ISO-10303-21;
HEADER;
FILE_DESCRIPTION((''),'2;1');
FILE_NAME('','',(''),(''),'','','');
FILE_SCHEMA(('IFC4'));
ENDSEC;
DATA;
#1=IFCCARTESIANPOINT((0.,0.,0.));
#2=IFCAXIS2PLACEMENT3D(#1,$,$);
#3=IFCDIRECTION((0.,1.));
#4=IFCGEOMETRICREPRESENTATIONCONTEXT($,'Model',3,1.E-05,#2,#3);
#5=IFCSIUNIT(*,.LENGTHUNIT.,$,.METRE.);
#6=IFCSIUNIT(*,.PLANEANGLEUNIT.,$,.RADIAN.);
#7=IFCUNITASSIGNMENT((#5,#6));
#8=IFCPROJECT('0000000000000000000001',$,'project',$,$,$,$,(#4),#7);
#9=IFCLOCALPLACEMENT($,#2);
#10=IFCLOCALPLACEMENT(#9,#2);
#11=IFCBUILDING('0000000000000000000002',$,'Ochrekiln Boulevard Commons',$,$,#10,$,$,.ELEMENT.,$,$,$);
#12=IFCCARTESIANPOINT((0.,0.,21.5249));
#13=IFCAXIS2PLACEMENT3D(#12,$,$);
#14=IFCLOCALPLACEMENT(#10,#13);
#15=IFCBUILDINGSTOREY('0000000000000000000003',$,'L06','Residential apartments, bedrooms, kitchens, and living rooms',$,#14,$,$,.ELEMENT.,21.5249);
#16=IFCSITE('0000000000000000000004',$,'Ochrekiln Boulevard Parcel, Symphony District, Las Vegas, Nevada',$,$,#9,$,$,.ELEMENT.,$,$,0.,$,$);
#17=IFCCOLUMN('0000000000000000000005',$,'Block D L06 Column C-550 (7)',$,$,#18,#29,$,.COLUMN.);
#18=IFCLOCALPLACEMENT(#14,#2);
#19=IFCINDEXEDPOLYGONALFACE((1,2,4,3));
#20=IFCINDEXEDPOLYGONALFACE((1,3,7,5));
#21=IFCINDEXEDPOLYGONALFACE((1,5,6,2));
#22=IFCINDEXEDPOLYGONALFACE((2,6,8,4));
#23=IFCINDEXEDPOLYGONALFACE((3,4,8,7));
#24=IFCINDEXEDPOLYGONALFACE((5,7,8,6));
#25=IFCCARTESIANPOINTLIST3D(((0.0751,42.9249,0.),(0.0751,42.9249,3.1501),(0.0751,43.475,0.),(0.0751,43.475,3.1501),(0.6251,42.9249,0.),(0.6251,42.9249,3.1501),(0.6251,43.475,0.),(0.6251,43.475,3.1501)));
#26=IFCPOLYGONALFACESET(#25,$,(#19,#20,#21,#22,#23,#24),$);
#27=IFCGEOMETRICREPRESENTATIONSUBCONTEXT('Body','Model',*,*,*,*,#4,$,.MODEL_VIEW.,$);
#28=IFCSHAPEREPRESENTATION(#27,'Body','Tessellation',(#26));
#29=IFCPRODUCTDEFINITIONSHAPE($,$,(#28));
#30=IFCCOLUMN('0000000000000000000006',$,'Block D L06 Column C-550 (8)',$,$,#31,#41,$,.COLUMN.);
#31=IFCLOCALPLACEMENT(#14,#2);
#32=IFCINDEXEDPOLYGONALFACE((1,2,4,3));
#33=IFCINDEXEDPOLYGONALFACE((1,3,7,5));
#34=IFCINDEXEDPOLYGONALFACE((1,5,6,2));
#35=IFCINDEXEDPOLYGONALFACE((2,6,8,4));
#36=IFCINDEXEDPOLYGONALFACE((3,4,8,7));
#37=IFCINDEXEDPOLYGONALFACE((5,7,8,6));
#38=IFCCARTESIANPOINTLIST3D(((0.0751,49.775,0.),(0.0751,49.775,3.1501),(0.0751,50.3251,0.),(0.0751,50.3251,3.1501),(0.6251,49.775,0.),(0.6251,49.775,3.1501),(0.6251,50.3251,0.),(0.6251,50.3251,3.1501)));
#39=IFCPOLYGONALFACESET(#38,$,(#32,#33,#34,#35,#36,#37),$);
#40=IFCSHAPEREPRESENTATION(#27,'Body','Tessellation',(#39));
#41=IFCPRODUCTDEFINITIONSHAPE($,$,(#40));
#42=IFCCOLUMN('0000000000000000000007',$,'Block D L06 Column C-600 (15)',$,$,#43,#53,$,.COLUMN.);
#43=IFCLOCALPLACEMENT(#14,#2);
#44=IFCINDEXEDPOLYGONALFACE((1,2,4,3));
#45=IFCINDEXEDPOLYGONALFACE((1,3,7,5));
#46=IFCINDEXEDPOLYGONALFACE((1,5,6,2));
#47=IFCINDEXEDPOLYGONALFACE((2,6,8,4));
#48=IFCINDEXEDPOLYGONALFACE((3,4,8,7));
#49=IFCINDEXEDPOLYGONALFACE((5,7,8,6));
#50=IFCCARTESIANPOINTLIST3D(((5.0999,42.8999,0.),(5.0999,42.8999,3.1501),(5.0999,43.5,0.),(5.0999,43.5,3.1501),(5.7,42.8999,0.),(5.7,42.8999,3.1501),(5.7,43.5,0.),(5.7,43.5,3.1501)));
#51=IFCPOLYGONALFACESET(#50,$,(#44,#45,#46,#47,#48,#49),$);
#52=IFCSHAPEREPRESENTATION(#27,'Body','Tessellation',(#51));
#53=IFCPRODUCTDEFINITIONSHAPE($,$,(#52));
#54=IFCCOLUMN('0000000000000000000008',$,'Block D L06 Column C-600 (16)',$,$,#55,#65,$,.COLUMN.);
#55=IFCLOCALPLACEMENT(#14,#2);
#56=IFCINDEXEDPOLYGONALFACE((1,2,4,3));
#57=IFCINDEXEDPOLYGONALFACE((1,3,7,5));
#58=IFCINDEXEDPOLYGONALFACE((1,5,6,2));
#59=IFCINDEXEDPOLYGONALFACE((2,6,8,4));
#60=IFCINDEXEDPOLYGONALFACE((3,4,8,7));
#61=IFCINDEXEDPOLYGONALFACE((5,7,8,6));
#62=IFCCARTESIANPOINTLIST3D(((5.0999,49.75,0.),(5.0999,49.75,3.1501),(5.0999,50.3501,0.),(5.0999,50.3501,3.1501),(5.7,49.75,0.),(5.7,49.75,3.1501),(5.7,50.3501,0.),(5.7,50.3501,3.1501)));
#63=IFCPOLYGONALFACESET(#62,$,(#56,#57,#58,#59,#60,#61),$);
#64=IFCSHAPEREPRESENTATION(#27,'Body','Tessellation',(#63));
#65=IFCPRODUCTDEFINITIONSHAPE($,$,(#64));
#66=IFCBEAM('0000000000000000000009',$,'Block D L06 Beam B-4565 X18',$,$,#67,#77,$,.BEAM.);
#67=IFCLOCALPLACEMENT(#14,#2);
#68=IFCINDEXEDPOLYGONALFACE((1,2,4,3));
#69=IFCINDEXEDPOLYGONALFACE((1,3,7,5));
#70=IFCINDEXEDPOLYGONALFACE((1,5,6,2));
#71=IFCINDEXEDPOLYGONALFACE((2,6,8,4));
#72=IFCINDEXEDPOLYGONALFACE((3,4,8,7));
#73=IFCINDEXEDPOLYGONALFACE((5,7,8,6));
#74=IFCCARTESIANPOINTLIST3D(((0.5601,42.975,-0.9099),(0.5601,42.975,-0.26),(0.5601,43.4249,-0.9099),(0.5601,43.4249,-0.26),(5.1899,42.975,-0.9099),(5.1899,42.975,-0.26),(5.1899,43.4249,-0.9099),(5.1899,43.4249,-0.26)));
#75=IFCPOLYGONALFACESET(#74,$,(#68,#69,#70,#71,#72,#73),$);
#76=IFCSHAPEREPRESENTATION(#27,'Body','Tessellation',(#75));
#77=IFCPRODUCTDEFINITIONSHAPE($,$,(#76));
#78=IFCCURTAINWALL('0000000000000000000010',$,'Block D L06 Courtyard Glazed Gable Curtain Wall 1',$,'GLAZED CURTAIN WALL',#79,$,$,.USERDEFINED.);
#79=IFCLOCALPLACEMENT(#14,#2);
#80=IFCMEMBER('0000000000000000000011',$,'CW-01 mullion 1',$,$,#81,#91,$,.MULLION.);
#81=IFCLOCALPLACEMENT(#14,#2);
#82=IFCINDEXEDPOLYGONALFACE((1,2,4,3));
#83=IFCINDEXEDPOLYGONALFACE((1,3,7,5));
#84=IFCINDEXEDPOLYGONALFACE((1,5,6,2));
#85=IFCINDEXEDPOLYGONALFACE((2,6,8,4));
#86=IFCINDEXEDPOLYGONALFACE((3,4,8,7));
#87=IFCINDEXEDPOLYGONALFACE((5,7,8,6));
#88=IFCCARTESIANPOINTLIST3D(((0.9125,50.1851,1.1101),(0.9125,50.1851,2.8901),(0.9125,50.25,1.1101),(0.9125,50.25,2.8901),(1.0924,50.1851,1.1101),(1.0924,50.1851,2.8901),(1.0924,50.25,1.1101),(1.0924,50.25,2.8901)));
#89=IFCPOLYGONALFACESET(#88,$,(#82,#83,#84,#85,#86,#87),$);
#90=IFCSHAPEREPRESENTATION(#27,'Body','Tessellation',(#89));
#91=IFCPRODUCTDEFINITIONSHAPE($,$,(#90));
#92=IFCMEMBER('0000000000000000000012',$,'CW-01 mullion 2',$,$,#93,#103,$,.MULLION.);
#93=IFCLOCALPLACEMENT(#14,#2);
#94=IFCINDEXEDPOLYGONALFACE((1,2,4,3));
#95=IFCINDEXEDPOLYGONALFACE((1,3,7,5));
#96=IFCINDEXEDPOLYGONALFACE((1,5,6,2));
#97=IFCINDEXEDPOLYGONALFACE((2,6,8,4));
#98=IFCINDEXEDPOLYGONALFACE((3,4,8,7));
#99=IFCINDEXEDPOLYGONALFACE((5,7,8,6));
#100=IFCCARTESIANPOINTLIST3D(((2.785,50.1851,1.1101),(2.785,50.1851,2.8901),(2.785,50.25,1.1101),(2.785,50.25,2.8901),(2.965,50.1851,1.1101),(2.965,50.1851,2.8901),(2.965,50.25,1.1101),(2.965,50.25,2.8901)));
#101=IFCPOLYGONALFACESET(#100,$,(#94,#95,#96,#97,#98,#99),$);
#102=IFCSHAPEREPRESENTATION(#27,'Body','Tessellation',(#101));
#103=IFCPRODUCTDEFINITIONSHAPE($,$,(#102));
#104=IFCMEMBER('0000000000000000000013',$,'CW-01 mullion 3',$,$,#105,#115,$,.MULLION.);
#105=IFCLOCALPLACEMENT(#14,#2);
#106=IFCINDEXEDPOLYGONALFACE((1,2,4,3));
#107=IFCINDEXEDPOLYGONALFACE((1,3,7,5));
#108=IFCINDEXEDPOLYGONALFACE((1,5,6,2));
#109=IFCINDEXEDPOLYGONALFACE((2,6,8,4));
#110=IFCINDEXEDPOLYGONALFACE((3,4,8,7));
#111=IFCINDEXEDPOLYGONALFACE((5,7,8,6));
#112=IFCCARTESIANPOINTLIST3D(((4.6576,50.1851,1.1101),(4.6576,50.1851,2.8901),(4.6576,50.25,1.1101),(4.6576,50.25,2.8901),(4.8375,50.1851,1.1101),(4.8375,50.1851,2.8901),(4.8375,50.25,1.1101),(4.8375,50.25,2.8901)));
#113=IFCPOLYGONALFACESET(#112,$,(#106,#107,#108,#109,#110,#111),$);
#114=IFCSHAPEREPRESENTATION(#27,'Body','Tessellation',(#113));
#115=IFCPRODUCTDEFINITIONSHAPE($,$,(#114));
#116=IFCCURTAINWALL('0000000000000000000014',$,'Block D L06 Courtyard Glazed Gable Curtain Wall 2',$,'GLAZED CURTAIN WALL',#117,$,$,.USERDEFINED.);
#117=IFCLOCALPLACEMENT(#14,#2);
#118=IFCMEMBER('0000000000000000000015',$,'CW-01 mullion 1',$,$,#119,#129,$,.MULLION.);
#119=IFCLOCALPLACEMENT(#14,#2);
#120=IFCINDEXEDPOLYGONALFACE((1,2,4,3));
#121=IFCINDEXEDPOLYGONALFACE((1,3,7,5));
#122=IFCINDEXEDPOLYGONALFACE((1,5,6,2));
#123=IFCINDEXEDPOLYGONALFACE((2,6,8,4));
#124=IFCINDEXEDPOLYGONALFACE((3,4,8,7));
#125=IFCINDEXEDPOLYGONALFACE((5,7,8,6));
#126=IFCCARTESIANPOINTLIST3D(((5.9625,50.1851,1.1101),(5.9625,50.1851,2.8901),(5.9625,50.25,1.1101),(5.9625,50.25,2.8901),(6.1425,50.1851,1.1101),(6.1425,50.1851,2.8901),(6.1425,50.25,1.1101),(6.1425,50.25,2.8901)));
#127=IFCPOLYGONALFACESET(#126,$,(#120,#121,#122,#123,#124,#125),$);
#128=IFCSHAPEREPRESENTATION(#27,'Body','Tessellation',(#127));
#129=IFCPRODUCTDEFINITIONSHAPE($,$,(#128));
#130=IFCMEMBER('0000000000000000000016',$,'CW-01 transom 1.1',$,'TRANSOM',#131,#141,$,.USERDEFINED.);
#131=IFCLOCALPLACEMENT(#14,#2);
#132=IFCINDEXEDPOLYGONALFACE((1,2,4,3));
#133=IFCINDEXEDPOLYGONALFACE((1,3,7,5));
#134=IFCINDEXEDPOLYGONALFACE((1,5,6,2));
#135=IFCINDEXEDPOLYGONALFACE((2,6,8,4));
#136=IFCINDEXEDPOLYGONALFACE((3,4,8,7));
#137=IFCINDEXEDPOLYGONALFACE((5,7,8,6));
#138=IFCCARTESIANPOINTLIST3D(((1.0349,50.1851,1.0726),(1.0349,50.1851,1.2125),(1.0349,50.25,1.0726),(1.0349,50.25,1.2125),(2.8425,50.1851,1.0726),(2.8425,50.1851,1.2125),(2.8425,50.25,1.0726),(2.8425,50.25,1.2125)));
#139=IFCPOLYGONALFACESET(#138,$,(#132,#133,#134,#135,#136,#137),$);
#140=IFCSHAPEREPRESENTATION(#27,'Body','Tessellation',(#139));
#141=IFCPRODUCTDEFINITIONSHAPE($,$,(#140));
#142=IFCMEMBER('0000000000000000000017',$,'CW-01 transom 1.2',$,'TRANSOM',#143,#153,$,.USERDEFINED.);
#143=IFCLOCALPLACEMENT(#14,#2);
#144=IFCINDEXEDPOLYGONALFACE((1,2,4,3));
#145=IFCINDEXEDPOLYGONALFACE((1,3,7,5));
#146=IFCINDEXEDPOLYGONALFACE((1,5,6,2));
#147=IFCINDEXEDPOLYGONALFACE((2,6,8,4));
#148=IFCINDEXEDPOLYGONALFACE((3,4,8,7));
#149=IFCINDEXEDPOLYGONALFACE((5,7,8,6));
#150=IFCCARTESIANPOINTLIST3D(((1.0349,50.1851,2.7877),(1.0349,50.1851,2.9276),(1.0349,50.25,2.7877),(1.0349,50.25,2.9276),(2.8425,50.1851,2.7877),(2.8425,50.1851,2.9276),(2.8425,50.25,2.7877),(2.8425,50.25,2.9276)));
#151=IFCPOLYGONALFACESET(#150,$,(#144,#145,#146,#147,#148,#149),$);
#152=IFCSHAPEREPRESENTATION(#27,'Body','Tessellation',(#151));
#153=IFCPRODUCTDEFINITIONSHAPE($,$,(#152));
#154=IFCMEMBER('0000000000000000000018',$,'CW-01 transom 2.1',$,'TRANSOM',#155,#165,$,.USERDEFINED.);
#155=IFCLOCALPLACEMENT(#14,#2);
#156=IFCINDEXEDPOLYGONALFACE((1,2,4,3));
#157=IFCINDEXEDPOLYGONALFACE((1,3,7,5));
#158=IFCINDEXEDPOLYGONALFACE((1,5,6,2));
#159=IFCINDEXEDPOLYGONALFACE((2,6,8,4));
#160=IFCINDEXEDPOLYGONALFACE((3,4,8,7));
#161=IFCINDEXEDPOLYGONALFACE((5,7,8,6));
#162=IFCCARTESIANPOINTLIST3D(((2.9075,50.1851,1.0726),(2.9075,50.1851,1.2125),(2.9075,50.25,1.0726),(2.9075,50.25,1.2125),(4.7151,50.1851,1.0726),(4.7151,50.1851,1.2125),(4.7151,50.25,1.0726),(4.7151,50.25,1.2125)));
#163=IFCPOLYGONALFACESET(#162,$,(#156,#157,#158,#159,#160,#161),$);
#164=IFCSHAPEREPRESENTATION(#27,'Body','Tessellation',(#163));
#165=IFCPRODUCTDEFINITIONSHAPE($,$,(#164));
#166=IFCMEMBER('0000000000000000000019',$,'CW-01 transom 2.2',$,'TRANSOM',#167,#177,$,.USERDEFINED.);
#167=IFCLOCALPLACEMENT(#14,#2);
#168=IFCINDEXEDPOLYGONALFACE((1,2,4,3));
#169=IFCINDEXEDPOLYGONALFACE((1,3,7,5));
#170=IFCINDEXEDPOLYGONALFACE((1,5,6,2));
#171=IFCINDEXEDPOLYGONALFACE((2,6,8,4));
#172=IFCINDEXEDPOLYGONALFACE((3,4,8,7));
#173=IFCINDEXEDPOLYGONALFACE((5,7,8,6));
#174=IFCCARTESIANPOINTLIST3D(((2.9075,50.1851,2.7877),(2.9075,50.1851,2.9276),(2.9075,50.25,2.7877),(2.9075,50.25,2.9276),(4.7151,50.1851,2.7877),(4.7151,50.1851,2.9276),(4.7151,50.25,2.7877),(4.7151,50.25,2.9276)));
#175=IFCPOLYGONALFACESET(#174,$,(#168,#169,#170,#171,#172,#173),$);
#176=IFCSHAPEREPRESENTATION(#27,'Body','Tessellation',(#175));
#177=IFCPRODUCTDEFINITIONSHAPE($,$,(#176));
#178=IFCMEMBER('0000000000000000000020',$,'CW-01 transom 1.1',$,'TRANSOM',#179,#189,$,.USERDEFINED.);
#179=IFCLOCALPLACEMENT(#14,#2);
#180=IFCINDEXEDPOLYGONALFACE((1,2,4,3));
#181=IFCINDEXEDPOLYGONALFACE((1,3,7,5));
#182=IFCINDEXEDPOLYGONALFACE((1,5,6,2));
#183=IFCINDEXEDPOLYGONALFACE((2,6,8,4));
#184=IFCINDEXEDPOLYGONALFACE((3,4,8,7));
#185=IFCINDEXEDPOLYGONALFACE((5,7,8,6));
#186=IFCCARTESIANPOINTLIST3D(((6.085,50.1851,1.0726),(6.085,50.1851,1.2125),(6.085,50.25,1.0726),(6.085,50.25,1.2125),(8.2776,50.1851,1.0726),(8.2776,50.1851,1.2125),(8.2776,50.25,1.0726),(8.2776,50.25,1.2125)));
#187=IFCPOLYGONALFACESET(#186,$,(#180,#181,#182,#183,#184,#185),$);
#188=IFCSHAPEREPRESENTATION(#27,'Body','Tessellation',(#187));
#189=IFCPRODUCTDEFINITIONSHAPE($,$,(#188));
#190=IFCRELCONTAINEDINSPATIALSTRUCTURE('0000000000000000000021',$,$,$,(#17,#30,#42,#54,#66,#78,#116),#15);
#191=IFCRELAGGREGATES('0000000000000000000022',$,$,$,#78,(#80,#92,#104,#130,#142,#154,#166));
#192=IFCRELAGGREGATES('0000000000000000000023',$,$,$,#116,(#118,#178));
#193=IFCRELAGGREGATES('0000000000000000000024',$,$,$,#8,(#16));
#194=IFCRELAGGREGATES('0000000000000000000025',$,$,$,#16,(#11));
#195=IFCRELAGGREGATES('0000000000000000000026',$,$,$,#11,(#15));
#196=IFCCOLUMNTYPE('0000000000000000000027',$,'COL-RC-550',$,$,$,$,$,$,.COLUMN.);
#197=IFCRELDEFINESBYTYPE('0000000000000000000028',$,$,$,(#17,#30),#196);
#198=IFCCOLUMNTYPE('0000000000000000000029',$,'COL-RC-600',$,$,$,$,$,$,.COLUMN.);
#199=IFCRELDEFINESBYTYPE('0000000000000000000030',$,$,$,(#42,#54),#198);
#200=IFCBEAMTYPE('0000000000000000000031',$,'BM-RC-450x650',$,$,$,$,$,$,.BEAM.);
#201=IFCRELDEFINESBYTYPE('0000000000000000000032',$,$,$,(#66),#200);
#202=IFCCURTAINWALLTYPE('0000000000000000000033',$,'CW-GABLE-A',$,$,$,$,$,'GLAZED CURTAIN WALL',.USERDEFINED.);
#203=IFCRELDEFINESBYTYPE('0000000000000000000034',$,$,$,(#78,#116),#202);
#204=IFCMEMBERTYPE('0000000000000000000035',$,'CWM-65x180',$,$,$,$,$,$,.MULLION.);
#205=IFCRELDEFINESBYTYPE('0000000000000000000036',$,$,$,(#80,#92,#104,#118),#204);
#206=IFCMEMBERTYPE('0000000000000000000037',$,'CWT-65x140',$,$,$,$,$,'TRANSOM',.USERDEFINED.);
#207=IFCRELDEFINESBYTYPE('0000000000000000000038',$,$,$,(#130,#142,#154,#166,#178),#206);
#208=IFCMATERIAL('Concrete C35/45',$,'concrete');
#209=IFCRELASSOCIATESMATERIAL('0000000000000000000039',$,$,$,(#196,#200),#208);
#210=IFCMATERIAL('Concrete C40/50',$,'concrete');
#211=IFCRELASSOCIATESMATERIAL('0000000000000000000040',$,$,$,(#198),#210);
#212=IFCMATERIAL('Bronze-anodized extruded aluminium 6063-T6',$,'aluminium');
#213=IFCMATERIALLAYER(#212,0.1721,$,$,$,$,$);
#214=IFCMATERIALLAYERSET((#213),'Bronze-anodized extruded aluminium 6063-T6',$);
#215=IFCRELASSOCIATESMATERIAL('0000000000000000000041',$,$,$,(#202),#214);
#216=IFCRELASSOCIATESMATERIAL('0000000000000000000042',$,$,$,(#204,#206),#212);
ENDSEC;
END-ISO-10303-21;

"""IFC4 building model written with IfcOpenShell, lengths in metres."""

from ifc_helpers import new_model, si_unit, direction, frame, origin, origin_2d, place, context, subcontext, project, spatial, rectangle, extrude, material, layer, layer_set, material_profile, profile_set, type_object, element, aggregate, save


model = new_model("IFC4")

# Units and contexts
model_context = context("Model", 3, precision=1e-05, world=origin(), true_north=direction((0.0, 1.0)))
body_context = subcontext(model_context, "Body", "Model", "MODEL_VIEW")
ifc_project = project(units=[si_unit("LENGTHUNIT", "METRE"), si_unit("PLANEANGLEUNIT", "RADIAN")], contexts=[model_context])

# Site, building, storey
site_placement = place(None, origin())
site = spatial("IfcSite", under=ifc_project, at=site_placement, Name="Ochrekiln Boulevard Parcel, Symphony District, Las Vegas, Nevada", CompositionType="ELEMENT", RefElevation=0.0)
building_placement = place(site_placement, origin())
building = spatial("IfcBuilding", under=site, at=building_placement, Name="Ochrekiln Boulevard Commons", CompositionType="ELEMENT")
storey_placement = place(building_placement, frame((0.0, 0.0, 21.5249)))
storey = spatial("IfcBuildingStorey", under=building, at=storey_placement, Name="L06", Description="Residential apartments, bedrooms, kitchens, and living rooms", CompositionType="ELEMENT", Elevation=21.5249)

# Columns
ifc_material_1 = material(Name="Concrete C35/45", Category="concrete")
ifc_material_profile_1 = material_profile(ifc_material_1, rectangle(XDim=0.55, YDim=0.55, at=origin_2d()), Name="RC-COL-550x550")
ifc_profile_set_1 = profile_set([ifc_material_profile_1], Name="Concrete C35/45")
column_type_1 = type_object("IfcColumnType", Name="COL-RC-550", PredefinedType="COLUMN", material=ifc_profile_set_1)
for number, where, z_axis, x_axis, name in (
    (1, (0.3501, 43.2, 0.0), (0.0, 0.0, 1.0), (1.0, 0.0, 0.0), "Block D L06 Column C-550 (7)"),
    (2, (0.3501, 50.05, 0.0), (0.0, 0.0, 1.0), (1.0, 0.0, 0.0), "Block D L06 Column C-550 (8)"),
):
    element("IfcColumn", number, at=place(storey_placement, frame(where, z_axis=z_axis, x_axis=x_axis)), inside=storey, type_object=column_type_1, Name=name, PredefinedType="COLUMN", context=body_context, shape_type="SweptSolid", body=[
        extrude(rectangle(XDim=0.55, YDim=0.55, at=origin_2d()), origin(), (0.0, 0.0, 1.0), 3.1501),
    ])
ifc_material_2 = material(Name="Concrete C40/50", Category="concrete")
ifc_material_profile_2 = material_profile(ifc_material_2, rectangle(XDim=0.6001, YDim=0.6001, at=origin_2d()), Name="RC-COL-600x600")
ifc_profile_set_2 = profile_set([ifc_material_profile_2], Name="Concrete C40/50")
column_type_2 = type_object("IfcColumnType", Name="COL-RC-600", PredefinedType="COLUMN", material=ifc_profile_set_2)
for number, where, z_axis, x_axis, name in (
    (3, (5.3999, 43.2, 0.0), (0.0, 0.0, 1.0), (1.0, 0.0, 0.0), "Block D L06 Column C-600 (15)"),
    (4, (5.3999, 50.05, 0.0), (0.0, 0.0, 1.0), (1.0, 0.0, 0.0), "Block D L06 Column C-600 (16)"),
):
    element("IfcColumn", number, at=place(storey_placement, frame(where, z_axis=z_axis, x_axis=x_axis)), inside=storey, type_object=column_type_2, Name=name, PredefinedType="COLUMN", context=body_context, shape_type="SweptSolid", body=[
        extrude(rectangle(XDim=0.6001, YDim=0.6001, at=origin_2d()), origin(), (0.0, 0.0, 1.0), 3.1501),
    ])

# Beam
ifc_material_profile_3 = material_profile(ifc_material_1, rectangle(XDim=0.45, YDim=0.6499, at=origin_2d()), Name="RC-BM-450x650")
ifc_profile_set_3 = profile_set([ifc_material_profile_3], Name="Concrete C35/45")
beam_type_1 = type_object("IfcBeamType", Name="BM-RC-450x650", PredefinedType="BEAM", material=ifc_profile_set_3)
beam_1_placement = place(storey_placement, frame((0.5601, 43.2, -0.585), z_axis=(1.0, 0.0, 0.0), x_axis=(0.0, 1.0, 0.0)))
element("IfcBeam", 5, at=beam_1_placement, inside=storey, type_object=beam_type_1, Name="Block D L06 Beam B-4565 X18", PredefinedType="BEAM", context=body_context, shape_type="SweptSolid", body=[
    extrude(rectangle(XDim=0.45, YDim=0.6499, at=origin_2d()), origin(), (0.0, 0.0, 1.0), 4.6299),
])

# Curtain wall, members
ifc_material_3 = material(Name="Bronze-anodized extruded aluminium 6063-T6", Category="aluminium")
ifc_layer_1 = layer(ifc_material_3, 0.1721)
ifc_layer_set_1 = layer_set([ifc_layer_1], Name="Bronze-anodized extruded aluminium 6063-T6")
curtain_wall_type = type_object("IfcCurtainWallType", Name="CW-GABLE-A", ElementType="GLAZED CURTAIN WALL", PredefinedType="USERDEFINED", material=ifc_layer_set_1)
curtain_wall_1_placement = place(storey_placement, origin())
curtain_wall_1 = element("IfcCurtainWall", 6, at=curtain_wall_1_placement, inside=storey, type_object=curtain_wall_type, Name="Block D L06 Courtyard Glazed Gable Curtain Wall 1", ObjectType="GLAZED CURTAIN WALL", PredefinedType="USERDEFINED")
ifc_material_profile_4 = material_profile(ifc_material_3, rectangle(XDim=0.0649, YDim=0.1799, at=origin_2d()), Name="ALU-MUL-65x180")
ifc_profile_set_4 = profile_set([ifc_material_profile_4], Name="Bronze-anodized extruded aluminium 6063-T6")
member_type_1 = type_object("IfcMemberType", Name="CWM-65x180", PredefinedType="MULLION", material=ifc_profile_set_4)
member_1_placement = place(storey_placement, frame((1.0024, 50.2175, 1.1101), z_axis=(0.0, 0.0, 1.0), x_axis=(0.0, 1.0, 0.0)))
member_1 = element("IfcMember", 7, at=member_1_placement, type_object=member_type_1, Name="CW-01 mullion 1", PredefinedType="MULLION", context=body_context, shape_type="SweptSolid", body=[
    extrude(rectangle(XDim=0.0649, YDim=0.1799, at=origin_2d()), origin(), (0.0, 0.0, 1.0), 1.78),
])
member_2_placement = place(storey_placement, frame((2.875, 50.2175, 1.1101), z_axis=(0.0, 0.0, 1.0), x_axis=(0.0, 1.0, 0.0)))
member_2 = element("IfcMember", 8, at=member_2_placement, type_object=member_type_1, Name="CW-01 mullion 2", PredefinedType="MULLION", context=body_context, shape_type="SweptSolid", body=[
    extrude(rectangle(XDim=0.0649, YDim=0.1799, at=origin_2d()), origin(), (0.0, 0.0, 1.0), 1.78),
])
member_3_placement = place(storey_placement, frame((4.7476, 50.2175, 1.1101), z_axis=(0.0, 0.0, 1.0), x_axis=(0.0, 1.0, 0.0)))
member_3 = element("IfcMember", 9, at=member_3_placement, type_object=member_type_1, Name="CW-01 mullion 3", PredefinedType="MULLION", context=body_context, shape_type="SweptSolid", body=[
    extrude(rectangle(XDim=0.0649, YDim=0.1799, at=origin_2d()), origin(), (0.0, 0.0, 1.0), 1.78),
])

# Curtain wall, member
curtain_wall_2_placement = place(storey_placement, origin())
curtain_wall_2 = element("IfcCurtainWall", 10, at=curtain_wall_2_placement, inside=storey, type_object=curtain_wall_type, Name="Block D L06 Courtyard Glazed Gable Curtain Wall 2", ObjectType="GLAZED CURTAIN WALL", PredefinedType="USERDEFINED")
member_4_placement = place(storey_placement, frame((6.0525, 50.2175, 1.1101), z_axis=(0.0, 0.0, 1.0), x_axis=(0.0, 1.0, 0.0)))
member_4 = element("IfcMember", 11, at=member_4_placement, type_object=member_type_1, Name="CW-01 mullion 1", PredefinedType="MULLION", context=body_context, shape_type="SweptSolid", body=[
    extrude(rectangle(XDim=0.0649, YDim=0.1799, at=origin_2d()), origin(), (0.0, 0.0, 1.0), 1.78),
])

# Members
ifc_material_profile_5 = material_profile(ifc_material_3, rectangle(XDim=0.0649, YDim=0.1399, at=origin_2d()), Name="ALU-TRN-65x140")
ifc_profile_set_5 = profile_set([ifc_material_profile_5], Name="Bronze-anodized extruded aluminium 6063-T6")
member_type_2 = type_object("IfcMemberType", Name="CWT-65x140", ElementType="TRANSOM", PredefinedType="USERDEFINED", material=ifc_profile_set_5)
member_5_placement = place(storey_placement, frame((1.0349, 50.2175, 1.1426), z_axis=(1.0, 0.0, 0.0), x_axis=(0.0, 1.0, 0.0)))
member_5 = element("IfcMember", 12, at=member_5_placement, type_object=member_type_2, Name="CW-01 transom 1.1", ObjectType="TRANSOM", PredefinedType="USERDEFINED", context=body_context, shape_type="SweptSolid", body=[
    extrude(rectangle(XDim=0.0649, YDim=0.1399, at=origin_2d()), origin(), (0.0, 0.0, 1.0), 1.8076),
])
member_6_placement = place(storey_placement, frame((1.0349, 50.2175, 2.8577), z_axis=(1.0, 0.0, 0.0), x_axis=(0.0, 1.0, 0.0)))
member_6 = element("IfcMember", 13, at=member_6_placement, type_object=member_type_2, Name="CW-01 transom 1.2", ObjectType="TRANSOM", PredefinedType="USERDEFINED", context=body_context, shape_type="SweptSolid", body=[
    extrude(rectangle(XDim=0.0649, YDim=0.1399, at=origin_2d()), origin(), (0.0, 0.0, 1.0), 1.8076),
])
member_7_placement = place(storey_placement, frame((2.9075, 50.2175, 1.1426), z_axis=(1.0, 0.0, 0.0), x_axis=(0.0, 1.0, 0.0)))
member_7 = element("IfcMember", 14, at=member_7_placement, type_object=member_type_2, Name="CW-01 transom 2.1", ObjectType="TRANSOM", PredefinedType="USERDEFINED", context=body_context, shape_type="SweptSolid", body=[
    extrude(rectangle(XDim=0.0649, YDim=0.1399, at=origin_2d()), origin(), (0.0, 0.0, 1.0), 1.8076),
])
member_8_placement = place(storey_placement, frame((2.9075, 50.2175, 2.8577), z_axis=(1.0, 0.0, 0.0), x_axis=(0.0, 1.0, 0.0)))
member_8 = element("IfcMember", 15, at=member_8_placement, type_object=member_type_2, Name="CW-01 transom 2.2", ObjectType="TRANSOM", PredefinedType="USERDEFINED", context=body_context, shape_type="SweptSolid", body=[
    extrude(rectangle(XDim=0.0649, YDim=0.1399, at=origin_2d()), origin(), (0.0, 0.0, 1.0), 1.8076),
])
member_9_placement = place(storey_placement, frame((6.085, 50.2175, 1.1426), z_axis=(1.0, 0.0, 0.0), x_axis=(0.0, 1.0, 0.0)))
member_9 = element("IfcMember", 16, at=member_9_placement, type_object=member_type_2, Name="CW-01 transom 1.1", ObjectType="TRANSOM", PredefinedType="USERDEFINED", context=body_context, shape_type="SweptSolid", body=[
    extrude(rectangle(XDim=0.0649, YDim=0.1399, at=origin_2d()), origin(), (0.0, 0.0, 1.0), 2.1926),
])

aggregate(curtain_wall_1, [member_1, member_2, member_3, member_5, member_6, member_7, member_8])
aggregate(curtain_wall_2, [member_4, member_9])

save(model, "model.ifc")
